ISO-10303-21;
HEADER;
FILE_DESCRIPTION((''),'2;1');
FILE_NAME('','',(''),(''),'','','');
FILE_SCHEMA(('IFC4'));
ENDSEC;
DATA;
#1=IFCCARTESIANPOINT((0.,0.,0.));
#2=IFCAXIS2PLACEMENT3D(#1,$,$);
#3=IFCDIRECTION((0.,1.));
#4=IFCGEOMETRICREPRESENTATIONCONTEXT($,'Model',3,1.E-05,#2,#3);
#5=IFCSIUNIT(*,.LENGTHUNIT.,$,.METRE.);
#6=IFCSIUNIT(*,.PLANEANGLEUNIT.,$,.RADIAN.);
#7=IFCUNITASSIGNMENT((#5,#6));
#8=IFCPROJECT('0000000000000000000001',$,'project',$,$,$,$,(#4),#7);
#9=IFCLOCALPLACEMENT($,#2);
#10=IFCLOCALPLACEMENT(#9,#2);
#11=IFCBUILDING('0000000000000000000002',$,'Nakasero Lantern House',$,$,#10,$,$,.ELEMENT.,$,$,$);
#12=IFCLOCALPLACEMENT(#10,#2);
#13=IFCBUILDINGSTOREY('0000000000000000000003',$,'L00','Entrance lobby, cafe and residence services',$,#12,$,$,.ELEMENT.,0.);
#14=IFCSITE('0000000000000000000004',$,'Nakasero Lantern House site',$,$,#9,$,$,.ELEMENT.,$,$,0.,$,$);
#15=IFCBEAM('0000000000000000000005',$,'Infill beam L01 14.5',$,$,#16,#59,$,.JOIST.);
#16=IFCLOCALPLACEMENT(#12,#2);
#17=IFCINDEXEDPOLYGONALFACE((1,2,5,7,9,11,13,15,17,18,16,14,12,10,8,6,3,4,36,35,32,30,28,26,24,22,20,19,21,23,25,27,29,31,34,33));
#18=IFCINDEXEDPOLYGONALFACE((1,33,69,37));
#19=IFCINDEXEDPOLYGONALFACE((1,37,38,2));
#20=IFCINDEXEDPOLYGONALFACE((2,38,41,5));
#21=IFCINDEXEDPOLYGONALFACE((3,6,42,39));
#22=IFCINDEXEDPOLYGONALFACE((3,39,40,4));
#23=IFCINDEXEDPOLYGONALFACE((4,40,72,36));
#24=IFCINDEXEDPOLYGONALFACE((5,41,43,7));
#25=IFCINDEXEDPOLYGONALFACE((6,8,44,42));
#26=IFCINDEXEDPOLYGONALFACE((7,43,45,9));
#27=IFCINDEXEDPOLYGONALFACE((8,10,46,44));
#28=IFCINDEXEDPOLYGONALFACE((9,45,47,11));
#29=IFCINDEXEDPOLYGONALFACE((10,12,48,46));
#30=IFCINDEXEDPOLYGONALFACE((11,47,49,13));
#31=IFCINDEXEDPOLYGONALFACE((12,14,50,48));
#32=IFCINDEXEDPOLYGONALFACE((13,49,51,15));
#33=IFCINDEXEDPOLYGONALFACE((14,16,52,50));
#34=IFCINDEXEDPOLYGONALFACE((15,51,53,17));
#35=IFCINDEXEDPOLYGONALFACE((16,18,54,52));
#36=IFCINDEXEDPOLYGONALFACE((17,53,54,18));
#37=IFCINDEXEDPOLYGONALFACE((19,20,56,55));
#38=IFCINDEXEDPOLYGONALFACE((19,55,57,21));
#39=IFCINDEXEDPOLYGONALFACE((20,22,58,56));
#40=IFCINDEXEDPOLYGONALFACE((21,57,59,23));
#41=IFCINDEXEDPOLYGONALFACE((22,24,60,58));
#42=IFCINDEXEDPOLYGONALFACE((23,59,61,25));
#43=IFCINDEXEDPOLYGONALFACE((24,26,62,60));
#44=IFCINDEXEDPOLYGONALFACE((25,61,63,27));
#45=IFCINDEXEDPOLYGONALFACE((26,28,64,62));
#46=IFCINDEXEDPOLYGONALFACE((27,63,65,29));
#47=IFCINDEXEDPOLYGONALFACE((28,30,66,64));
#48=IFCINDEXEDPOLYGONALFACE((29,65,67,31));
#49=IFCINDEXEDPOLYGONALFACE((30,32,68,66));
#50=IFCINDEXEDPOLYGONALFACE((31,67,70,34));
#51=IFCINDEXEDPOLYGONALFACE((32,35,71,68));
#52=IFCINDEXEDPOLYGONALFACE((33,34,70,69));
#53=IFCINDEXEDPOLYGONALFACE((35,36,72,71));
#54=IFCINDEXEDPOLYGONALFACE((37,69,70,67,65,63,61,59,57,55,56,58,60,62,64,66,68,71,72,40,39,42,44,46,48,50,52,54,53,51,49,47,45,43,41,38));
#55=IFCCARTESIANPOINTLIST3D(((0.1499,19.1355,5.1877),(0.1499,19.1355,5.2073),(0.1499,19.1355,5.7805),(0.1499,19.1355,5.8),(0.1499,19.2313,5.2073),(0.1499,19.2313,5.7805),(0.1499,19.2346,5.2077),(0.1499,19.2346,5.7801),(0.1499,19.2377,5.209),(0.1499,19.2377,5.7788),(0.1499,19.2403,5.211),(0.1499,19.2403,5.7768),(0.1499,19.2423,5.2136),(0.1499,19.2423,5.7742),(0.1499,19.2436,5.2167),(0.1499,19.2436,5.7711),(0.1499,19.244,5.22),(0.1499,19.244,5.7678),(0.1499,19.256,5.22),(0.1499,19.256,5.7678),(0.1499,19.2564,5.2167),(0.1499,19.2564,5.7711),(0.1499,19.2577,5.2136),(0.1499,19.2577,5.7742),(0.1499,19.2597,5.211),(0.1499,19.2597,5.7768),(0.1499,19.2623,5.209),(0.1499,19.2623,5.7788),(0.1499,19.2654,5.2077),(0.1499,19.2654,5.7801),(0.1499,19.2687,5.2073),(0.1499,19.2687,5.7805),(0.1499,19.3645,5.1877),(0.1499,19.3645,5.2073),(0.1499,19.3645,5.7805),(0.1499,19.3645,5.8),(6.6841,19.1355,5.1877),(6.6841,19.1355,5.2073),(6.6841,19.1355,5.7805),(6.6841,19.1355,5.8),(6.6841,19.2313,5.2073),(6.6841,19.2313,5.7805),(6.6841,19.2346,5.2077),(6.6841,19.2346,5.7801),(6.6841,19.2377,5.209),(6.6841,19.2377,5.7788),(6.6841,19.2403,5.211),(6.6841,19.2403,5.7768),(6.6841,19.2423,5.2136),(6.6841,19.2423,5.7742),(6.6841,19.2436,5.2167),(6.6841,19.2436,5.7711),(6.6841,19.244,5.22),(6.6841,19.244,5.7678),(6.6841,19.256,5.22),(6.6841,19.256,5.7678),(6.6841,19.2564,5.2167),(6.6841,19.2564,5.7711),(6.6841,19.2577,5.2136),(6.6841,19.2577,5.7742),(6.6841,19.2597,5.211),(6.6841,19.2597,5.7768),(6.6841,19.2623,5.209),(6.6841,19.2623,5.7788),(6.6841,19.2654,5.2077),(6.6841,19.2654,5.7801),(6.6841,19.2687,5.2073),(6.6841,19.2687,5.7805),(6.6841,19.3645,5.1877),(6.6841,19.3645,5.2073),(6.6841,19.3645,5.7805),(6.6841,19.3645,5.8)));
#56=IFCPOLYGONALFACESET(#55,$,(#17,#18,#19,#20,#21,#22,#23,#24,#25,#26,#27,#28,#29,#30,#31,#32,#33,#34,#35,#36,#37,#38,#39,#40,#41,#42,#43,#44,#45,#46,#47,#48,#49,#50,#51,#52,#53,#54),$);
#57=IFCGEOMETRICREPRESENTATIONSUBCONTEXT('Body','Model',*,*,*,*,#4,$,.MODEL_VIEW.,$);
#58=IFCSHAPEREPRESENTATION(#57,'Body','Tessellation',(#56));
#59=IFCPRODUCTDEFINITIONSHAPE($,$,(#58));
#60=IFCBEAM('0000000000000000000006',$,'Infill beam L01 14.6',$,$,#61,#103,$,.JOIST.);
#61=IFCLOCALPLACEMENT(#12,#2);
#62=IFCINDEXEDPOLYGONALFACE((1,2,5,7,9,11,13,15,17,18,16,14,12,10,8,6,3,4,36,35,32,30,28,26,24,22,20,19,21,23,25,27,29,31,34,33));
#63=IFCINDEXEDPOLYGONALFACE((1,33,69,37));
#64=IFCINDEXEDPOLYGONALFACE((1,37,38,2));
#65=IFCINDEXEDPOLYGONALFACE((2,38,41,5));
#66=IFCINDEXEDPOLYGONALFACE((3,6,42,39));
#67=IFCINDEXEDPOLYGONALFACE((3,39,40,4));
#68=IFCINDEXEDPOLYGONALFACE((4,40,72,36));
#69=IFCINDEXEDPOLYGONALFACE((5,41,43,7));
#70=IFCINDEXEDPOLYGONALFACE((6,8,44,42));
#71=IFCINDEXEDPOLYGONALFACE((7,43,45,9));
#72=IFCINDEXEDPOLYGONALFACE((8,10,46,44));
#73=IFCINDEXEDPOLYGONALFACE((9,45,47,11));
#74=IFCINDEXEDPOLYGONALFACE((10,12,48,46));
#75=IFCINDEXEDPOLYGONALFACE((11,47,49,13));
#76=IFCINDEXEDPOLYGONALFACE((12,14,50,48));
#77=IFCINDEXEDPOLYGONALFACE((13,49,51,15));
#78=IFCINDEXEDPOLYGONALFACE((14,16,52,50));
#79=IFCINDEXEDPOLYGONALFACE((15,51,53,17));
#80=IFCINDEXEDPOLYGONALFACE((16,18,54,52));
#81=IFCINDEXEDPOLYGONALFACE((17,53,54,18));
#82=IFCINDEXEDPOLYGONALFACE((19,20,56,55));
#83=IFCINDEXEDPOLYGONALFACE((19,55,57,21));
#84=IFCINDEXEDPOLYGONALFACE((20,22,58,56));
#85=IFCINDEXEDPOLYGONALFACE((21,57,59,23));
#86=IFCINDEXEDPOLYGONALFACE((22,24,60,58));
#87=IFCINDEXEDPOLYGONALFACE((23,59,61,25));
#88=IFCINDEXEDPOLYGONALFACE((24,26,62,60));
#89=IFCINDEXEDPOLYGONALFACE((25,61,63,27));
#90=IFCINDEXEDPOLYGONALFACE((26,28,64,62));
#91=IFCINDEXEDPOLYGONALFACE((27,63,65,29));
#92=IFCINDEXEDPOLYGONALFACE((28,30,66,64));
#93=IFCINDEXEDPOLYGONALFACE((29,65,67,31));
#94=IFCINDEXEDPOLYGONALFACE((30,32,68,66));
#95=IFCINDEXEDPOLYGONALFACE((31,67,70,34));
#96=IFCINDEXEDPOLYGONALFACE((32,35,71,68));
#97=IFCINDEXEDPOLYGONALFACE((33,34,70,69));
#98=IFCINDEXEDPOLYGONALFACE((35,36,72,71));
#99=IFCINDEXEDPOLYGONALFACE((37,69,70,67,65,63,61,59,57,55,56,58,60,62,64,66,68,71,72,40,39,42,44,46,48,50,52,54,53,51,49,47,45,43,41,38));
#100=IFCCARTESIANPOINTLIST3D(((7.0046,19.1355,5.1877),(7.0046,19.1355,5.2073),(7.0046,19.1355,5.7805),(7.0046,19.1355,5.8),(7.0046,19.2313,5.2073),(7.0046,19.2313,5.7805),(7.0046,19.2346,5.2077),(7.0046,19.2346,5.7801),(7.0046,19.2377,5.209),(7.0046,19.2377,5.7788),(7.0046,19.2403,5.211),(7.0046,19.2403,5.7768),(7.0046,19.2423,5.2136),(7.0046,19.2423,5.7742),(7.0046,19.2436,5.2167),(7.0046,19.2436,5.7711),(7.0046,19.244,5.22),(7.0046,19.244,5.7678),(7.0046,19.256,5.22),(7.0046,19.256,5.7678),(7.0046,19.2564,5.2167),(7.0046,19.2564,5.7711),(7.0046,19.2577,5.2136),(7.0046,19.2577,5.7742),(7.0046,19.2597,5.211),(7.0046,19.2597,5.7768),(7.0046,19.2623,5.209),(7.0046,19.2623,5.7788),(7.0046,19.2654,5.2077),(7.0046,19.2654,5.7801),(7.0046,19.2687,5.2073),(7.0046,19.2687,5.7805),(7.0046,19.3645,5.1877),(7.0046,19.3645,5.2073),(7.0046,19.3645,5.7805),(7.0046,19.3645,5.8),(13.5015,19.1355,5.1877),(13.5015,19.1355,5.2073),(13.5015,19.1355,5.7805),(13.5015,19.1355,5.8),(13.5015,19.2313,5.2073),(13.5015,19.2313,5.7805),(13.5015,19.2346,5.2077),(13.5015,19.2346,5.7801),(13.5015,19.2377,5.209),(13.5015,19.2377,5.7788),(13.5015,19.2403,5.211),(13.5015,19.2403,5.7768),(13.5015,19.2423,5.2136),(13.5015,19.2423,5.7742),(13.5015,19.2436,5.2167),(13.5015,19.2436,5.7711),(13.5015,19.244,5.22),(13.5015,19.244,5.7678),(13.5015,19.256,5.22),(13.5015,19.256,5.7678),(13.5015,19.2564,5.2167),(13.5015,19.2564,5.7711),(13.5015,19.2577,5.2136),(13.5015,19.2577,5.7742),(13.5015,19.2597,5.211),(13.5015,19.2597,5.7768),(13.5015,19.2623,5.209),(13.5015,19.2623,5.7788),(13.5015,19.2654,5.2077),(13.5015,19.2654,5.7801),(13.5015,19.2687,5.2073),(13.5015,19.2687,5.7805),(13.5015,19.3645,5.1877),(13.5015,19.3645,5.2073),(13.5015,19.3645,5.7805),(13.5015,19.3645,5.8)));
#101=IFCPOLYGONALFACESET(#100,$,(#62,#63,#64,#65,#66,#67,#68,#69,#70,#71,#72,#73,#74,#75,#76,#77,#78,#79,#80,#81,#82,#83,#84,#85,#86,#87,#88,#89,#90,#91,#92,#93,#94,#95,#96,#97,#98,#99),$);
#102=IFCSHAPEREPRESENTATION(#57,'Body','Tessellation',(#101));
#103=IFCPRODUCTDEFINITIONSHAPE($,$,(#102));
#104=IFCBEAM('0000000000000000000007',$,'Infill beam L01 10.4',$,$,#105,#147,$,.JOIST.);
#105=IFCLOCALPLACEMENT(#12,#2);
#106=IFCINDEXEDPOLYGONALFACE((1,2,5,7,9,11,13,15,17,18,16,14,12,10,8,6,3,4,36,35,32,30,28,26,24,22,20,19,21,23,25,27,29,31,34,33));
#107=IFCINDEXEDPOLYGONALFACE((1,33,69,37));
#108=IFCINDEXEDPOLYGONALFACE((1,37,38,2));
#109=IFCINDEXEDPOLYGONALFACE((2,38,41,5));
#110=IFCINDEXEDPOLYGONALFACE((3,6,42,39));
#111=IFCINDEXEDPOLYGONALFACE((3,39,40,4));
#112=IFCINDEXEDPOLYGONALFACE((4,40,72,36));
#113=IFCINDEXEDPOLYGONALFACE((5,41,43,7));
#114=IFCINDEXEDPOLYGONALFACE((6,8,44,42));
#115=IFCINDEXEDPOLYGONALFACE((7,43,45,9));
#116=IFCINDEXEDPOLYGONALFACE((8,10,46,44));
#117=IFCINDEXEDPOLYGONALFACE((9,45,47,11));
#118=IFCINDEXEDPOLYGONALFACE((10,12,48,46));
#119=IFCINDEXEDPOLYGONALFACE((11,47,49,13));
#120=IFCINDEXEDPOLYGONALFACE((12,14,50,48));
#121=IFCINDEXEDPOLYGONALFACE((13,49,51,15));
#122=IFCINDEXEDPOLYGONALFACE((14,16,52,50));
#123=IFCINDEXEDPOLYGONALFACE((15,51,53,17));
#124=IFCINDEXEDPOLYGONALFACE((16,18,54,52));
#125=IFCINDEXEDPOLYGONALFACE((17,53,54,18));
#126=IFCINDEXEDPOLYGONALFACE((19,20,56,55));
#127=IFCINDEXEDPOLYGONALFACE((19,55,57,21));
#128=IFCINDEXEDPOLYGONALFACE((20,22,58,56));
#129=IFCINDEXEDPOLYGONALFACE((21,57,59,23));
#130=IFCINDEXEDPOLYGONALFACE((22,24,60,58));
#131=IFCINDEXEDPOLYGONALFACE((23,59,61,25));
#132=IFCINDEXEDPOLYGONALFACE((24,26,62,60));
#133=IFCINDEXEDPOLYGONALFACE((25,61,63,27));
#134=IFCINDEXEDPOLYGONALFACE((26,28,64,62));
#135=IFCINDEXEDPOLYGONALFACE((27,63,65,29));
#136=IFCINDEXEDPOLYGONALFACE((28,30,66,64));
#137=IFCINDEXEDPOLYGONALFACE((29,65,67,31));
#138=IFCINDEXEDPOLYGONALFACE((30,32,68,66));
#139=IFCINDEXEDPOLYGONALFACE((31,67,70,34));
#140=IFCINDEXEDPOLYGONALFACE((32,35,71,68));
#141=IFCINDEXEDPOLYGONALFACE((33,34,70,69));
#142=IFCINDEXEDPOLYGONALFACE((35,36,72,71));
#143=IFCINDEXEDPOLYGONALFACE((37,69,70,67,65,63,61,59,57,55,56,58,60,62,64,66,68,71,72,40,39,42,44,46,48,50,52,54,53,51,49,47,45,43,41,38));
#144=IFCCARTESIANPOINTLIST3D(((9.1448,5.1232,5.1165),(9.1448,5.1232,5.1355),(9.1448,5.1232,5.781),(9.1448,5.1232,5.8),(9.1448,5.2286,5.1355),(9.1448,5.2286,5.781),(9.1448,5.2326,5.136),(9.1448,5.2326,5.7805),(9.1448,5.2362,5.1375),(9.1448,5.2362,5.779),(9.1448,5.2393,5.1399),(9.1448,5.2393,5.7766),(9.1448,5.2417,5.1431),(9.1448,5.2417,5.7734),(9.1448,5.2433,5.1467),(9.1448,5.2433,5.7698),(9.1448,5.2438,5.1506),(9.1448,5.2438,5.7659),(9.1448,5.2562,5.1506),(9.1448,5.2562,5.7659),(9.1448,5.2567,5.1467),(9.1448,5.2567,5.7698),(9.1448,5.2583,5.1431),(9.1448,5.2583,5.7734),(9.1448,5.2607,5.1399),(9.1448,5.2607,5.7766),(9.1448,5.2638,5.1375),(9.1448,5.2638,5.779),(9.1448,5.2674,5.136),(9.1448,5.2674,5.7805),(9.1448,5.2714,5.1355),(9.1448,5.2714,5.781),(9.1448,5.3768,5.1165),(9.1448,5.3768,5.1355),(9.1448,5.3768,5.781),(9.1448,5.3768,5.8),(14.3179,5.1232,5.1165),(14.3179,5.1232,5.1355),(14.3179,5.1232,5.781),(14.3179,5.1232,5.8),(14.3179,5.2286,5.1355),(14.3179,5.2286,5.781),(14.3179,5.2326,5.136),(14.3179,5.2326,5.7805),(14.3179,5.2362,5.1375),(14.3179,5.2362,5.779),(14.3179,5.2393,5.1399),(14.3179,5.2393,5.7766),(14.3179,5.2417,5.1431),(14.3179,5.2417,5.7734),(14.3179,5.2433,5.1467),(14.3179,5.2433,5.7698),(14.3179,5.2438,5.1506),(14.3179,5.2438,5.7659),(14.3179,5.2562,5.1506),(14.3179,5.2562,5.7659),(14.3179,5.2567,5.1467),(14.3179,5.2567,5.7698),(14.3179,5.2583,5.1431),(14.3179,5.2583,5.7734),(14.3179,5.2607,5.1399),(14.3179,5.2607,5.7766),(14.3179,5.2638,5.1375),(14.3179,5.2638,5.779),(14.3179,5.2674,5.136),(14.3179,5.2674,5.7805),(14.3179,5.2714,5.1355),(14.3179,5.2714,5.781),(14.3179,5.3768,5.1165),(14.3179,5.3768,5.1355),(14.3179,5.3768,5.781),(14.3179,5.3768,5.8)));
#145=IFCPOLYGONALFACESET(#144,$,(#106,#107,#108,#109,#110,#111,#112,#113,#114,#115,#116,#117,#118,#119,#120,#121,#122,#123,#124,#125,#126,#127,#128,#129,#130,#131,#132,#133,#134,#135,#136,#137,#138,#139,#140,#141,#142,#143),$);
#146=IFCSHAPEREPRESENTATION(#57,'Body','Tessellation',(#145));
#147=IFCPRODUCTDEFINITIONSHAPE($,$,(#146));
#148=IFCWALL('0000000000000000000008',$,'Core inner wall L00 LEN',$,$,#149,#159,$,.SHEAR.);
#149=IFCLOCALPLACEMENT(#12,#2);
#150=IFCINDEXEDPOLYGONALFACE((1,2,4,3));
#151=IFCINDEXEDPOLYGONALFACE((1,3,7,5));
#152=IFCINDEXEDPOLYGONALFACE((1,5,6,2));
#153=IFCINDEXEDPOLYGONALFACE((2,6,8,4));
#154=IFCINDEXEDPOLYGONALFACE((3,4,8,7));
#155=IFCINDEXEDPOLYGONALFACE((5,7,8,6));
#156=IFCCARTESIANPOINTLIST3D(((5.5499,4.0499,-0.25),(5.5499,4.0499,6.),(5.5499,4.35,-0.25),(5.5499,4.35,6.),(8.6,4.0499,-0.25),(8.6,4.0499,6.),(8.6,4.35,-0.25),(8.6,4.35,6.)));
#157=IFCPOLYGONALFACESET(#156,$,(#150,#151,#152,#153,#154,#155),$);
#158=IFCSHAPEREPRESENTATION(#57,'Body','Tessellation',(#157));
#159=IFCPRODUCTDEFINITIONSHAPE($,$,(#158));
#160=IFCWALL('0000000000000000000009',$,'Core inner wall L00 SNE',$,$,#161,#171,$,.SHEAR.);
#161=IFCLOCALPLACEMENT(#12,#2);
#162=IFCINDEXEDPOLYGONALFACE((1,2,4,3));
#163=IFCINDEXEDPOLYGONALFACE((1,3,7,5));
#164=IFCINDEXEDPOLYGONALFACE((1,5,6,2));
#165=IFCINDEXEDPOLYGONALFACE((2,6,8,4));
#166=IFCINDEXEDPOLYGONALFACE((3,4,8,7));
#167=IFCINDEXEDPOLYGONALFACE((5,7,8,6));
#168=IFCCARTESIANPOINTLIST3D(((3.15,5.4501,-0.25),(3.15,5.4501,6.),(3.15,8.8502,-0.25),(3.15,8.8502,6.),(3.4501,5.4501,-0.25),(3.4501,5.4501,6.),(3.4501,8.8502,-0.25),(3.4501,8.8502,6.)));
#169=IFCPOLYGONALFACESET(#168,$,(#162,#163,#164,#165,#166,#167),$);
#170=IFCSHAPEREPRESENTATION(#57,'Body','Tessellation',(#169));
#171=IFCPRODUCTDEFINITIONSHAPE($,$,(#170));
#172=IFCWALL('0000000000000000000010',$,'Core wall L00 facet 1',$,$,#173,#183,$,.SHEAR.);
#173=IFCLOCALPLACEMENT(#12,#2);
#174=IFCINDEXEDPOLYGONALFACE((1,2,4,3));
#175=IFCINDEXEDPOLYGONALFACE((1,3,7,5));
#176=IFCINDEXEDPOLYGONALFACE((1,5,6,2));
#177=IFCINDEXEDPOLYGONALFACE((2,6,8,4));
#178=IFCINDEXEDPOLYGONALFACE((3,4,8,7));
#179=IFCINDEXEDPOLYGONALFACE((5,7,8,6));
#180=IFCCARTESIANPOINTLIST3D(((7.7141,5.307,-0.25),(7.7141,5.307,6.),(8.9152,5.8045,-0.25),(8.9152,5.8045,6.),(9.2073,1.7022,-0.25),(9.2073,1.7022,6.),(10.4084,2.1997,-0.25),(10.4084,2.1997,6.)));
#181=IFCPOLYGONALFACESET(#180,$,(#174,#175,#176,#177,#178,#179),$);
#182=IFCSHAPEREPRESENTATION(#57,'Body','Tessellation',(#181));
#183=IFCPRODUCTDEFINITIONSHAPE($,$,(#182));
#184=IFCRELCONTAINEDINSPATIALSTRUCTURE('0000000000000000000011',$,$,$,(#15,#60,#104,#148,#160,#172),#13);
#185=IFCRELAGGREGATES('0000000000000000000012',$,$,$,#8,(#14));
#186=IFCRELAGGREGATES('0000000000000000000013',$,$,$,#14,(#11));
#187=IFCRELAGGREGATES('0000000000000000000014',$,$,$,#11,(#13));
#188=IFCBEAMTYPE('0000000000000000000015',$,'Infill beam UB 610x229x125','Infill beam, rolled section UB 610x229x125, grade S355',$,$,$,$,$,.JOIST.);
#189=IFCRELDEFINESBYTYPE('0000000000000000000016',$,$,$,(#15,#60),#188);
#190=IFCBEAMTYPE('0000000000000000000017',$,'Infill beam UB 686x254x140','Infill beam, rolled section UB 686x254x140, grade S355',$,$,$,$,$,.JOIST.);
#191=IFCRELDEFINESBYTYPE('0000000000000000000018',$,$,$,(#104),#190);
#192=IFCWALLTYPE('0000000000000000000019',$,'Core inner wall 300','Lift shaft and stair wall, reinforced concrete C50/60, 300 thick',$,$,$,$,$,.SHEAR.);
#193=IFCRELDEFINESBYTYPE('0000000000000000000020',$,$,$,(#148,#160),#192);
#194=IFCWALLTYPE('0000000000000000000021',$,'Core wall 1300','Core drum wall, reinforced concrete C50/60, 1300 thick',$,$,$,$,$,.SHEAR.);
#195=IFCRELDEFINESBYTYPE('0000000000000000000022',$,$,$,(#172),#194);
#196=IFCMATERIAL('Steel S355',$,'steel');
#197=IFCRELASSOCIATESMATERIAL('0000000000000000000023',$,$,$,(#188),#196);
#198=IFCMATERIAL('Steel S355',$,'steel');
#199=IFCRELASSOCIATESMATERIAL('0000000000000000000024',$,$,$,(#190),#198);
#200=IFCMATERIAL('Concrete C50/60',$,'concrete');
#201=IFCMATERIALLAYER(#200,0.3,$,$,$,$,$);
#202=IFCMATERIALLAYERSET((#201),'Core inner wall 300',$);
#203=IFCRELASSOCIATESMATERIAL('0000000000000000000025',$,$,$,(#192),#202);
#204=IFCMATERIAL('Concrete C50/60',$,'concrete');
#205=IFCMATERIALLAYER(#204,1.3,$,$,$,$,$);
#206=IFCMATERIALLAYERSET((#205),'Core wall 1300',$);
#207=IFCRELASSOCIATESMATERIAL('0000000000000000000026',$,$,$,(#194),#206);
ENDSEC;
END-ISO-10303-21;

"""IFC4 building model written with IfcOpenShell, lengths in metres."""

from ifc_helpers import new_model, si_unit, direction, frame, frame_2d, origin, origin_2d, place, context, subcontext, project, spatial, rectangle, i_section, extrude, material, layer, layer_set, material_profile, profile_set, type_object, element, save


model = new_model("IFC4")

# Units and contexts
model_context = context("Model", 3, precision=1e-05, world=origin(), true_north=direction((0.0, 1.0)))
body_context = subcontext(model_context, "Body", "Model", "MODEL_VIEW")
ifc_project = project(units=[si_unit("LENGTHUNIT", "METRE"), si_unit("PLANEANGLEUNIT", "RADIAN")], contexts=[model_context])

# Site, building, storey
site_placement = place(None, origin())
site = spatial("IfcSite", under=ifc_project, at=site_placement, Name="Nakasero Lantern House site", CompositionType="ELEMENT", RefElevation=0.0)
building_placement = place(site_placement, origin())
building = spatial("IfcBuilding", under=site, at=building_placement, Name="Nakasero Lantern House", CompositionType="ELEMENT")
storey_placement = place(building_placement, origin())
storey = spatial("IfcBuildingStorey", under=building, at=storey_placement, Name="L00", Description="Entrance lobby, cafe and residence services", CompositionType="ELEMENT", Elevation=0.0)

# Beams
ifc_material_1 = material(Name="Steel S355", Category="steel")
ifc_material_profile_1 = material_profile(ifc_material_1, i_section(OverallWidth=0.229, OverallDepth=0.6123, WebThickness=0.012, FlangeThickness=0.0195, FilletRadius=0.0127, at=origin_2d()), Name="UB 610x229x125")
ifc_profile_set_1 = profile_set([ifc_material_profile_1], Name="Steel S355")
beam_type_1 = type_object("IfcBeamType", Name="Infill beam UB 610x229x125", Description="Infill beam, rolled section UB 610x229x125, grade S355", PredefinedType="JOIST", material=ifc_profile_set_1)
beam_1_placement = place(storey_placement, frame((0.1499, 19.25, 5.4939), z_axis=(1.0, 0.0, 0.0), x_axis=(0.0, 1.0, 0.0)))
element("IfcBeam", 1, at=beam_1_placement, inside=storey, type_object=beam_type_1, Name="Infill beam L01 14.5", PredefinedType="JOIST", context=body_context, shape_type="SweptSolid", body=[
    extrude(i_section(OverallWidth=0.229, OverallDepth=0.6123, WebThickness=0.012, FlangeThickness=0.0195, FilletRadius=0.0127, at=origin_2d()), origin(), (0.0, 0.0, 1.0), 6.5342),
])
beam_2_placement = place(storey_placement, frame((7.0046, 19.25, 5.4939), z_axis=(1.0, 0.0, 0.0), x_axis=(0.0, 1.0, 0.0)))
element("IfcBeam", 2, at=beam_2_placement, inside=storey, type_object=beam_type_1, Name="Infill beam L01 14.6", PredefinedType="JOIST", context=body_context, shape_type="SweptSolid", body=[
    extrude(i_section(OverallWidth=0.229, OverallDepth=0.6123, WebThickness=0.012, FlangeThickness=0.0195, FilletRadius=0.0127, at=origin_2d()), origin(), (0.0, 0.0, 1.0), 6.4968),
])
ifc_material_2 = material(Name="Steel S355", Category="steel")
ifc_material_profile_2 = material_profile(ifc_material_2, i_section(OverallWidth=0.2537, OverallDepth=0.6836, WebThickness=0.0125, FlangeThickness=0.019, FilletRadius=0.0151, at=origin_2d()), Name="UB 686x254x140")
ifc_profile_set_2 = profile_set([ifc_material_profile_2], Name="Steel S355")
beam_type_2 = type_object("IfcBeamType", Name="Infill beam UB 686x254x140", Description="Infill beam, rolled section UB 686x254x140, grade S355", PredefinedType="JOIST", material=ifc_profile_set_2)
beam_3_placement = place(storey_placement, frame((9.1448, 5.25, 5.4583), z_axis=(1.0, 0.0, 0.0), x_axis=(0.0, 1.0, 0.0)))
element("IfcBeam", 3, at=beam_3_placement, inside=storey, type_object=beam_type_2, Name="Infill beam L01 10.4", PredefinedType="JOIST", context=body_context, shape_type="SweptSolid", body=[
    extrude(i_section(OverallWidth=0.2537, OverallDepth=0.6836, WebThickness=0.0125, FlangeThickness=0.019, FilletRadius=0.0151, at=origin_2d()), origin(), (0.0, 0.0, 1.0), 5.1731),
])

# Walls
ifc_material_3 = material(Name="Concrete C50/60", Category="concrete")
ifc_layer_1 = layer(ifc_material_3, 0.3)
ifc_layer_set_1 = layer_set([ifc_layer_1], Name="Core inner wall 300")
wall_type_1 = type_object("IfcWallType", Name="Core inner wall 300", Description="Lift shaft and stair wall, reinforced concrete C50/60, 300 thick", PredefinedType="SHEAR", material=ifc_layer_set_1)
wall_1_placement = place(storey_placement, frame((5.55, 4.2, -0.25), z_axis=(0.0, 0.0, 1.0), x_axis=(1.0, 0.0, 0.0)))
element("IfcWall", 4, at=wall_1_placement, inside=storey, type_object=wall_type_1, Name="Core inner wall L00 LEN", PredefinedType="SHEAR", context=body_context, shape_type="SweptSolid", body=[
    extrude(rectangle(XDim=3.05, YDim=0.3, at=frame_2d((1.5249, 0.0))), origin(), (0.0, 0.0, 1.0), 6.25),
])
wall_2_placement = place(storey_placement, frame((3.3, 5.45, -0.25), z_axis=(0.0, 0.0, 1.0), x_axis=(0.0, 1.0, 0.0)))
element("IfcWall", 5, at=wall_2_placement, inside=storey, type_object=wall_type_1, Name="Core inner wall L00 SNE", PredefinedType="SHEAR", context=body_context, shape_type="SweptSolid", body=[
    extrude(rectangle(XDim=3.4001, YDim=0.3, at=frame_2d((1.7002, 0.0))), origin(), (0.0, 0.0, 1.0), 6.25),
])
ifc_material_4 = material(Name="Concrete C50/60", Category="concrete")
ifc_layer_2 = layer(ifc_material_4, 1.3)
ifc_layer_set_2 = layer_set([ifc_layer_2], Name="Core wall 1300")
wall_type_2 = type_object("IfcWallType", Name="Core wall 1300", Description="Core drum wall, reinforced concrete C50/60, 1300 thick", PredefinedType="SHEAR", material=ifc_layer_set_2)
wall_3_placement = place(storey_placement, frame((9.8079, 1.9509, -0.25), z_axis=(0.0, 0.0, 1.0), x_axis=(-0.382691, 0.923877, 0.0)))
element("IfcWall", 6, at=wall_3_placement, inside=storey, type_object=wall_type_2, Name="Core wall L00 facet 1", PredefinedType="SHEAR", context=body_context, shape_type="SweptSolid", body=[
    extrude(rectangle(XDim=3.9019, YDim=1.3, at=frame_2d((1.9509, 0.0))), origin(), (0.0, 0.0, 1.0), 6.25),
])

save(model, "model.ifc")
